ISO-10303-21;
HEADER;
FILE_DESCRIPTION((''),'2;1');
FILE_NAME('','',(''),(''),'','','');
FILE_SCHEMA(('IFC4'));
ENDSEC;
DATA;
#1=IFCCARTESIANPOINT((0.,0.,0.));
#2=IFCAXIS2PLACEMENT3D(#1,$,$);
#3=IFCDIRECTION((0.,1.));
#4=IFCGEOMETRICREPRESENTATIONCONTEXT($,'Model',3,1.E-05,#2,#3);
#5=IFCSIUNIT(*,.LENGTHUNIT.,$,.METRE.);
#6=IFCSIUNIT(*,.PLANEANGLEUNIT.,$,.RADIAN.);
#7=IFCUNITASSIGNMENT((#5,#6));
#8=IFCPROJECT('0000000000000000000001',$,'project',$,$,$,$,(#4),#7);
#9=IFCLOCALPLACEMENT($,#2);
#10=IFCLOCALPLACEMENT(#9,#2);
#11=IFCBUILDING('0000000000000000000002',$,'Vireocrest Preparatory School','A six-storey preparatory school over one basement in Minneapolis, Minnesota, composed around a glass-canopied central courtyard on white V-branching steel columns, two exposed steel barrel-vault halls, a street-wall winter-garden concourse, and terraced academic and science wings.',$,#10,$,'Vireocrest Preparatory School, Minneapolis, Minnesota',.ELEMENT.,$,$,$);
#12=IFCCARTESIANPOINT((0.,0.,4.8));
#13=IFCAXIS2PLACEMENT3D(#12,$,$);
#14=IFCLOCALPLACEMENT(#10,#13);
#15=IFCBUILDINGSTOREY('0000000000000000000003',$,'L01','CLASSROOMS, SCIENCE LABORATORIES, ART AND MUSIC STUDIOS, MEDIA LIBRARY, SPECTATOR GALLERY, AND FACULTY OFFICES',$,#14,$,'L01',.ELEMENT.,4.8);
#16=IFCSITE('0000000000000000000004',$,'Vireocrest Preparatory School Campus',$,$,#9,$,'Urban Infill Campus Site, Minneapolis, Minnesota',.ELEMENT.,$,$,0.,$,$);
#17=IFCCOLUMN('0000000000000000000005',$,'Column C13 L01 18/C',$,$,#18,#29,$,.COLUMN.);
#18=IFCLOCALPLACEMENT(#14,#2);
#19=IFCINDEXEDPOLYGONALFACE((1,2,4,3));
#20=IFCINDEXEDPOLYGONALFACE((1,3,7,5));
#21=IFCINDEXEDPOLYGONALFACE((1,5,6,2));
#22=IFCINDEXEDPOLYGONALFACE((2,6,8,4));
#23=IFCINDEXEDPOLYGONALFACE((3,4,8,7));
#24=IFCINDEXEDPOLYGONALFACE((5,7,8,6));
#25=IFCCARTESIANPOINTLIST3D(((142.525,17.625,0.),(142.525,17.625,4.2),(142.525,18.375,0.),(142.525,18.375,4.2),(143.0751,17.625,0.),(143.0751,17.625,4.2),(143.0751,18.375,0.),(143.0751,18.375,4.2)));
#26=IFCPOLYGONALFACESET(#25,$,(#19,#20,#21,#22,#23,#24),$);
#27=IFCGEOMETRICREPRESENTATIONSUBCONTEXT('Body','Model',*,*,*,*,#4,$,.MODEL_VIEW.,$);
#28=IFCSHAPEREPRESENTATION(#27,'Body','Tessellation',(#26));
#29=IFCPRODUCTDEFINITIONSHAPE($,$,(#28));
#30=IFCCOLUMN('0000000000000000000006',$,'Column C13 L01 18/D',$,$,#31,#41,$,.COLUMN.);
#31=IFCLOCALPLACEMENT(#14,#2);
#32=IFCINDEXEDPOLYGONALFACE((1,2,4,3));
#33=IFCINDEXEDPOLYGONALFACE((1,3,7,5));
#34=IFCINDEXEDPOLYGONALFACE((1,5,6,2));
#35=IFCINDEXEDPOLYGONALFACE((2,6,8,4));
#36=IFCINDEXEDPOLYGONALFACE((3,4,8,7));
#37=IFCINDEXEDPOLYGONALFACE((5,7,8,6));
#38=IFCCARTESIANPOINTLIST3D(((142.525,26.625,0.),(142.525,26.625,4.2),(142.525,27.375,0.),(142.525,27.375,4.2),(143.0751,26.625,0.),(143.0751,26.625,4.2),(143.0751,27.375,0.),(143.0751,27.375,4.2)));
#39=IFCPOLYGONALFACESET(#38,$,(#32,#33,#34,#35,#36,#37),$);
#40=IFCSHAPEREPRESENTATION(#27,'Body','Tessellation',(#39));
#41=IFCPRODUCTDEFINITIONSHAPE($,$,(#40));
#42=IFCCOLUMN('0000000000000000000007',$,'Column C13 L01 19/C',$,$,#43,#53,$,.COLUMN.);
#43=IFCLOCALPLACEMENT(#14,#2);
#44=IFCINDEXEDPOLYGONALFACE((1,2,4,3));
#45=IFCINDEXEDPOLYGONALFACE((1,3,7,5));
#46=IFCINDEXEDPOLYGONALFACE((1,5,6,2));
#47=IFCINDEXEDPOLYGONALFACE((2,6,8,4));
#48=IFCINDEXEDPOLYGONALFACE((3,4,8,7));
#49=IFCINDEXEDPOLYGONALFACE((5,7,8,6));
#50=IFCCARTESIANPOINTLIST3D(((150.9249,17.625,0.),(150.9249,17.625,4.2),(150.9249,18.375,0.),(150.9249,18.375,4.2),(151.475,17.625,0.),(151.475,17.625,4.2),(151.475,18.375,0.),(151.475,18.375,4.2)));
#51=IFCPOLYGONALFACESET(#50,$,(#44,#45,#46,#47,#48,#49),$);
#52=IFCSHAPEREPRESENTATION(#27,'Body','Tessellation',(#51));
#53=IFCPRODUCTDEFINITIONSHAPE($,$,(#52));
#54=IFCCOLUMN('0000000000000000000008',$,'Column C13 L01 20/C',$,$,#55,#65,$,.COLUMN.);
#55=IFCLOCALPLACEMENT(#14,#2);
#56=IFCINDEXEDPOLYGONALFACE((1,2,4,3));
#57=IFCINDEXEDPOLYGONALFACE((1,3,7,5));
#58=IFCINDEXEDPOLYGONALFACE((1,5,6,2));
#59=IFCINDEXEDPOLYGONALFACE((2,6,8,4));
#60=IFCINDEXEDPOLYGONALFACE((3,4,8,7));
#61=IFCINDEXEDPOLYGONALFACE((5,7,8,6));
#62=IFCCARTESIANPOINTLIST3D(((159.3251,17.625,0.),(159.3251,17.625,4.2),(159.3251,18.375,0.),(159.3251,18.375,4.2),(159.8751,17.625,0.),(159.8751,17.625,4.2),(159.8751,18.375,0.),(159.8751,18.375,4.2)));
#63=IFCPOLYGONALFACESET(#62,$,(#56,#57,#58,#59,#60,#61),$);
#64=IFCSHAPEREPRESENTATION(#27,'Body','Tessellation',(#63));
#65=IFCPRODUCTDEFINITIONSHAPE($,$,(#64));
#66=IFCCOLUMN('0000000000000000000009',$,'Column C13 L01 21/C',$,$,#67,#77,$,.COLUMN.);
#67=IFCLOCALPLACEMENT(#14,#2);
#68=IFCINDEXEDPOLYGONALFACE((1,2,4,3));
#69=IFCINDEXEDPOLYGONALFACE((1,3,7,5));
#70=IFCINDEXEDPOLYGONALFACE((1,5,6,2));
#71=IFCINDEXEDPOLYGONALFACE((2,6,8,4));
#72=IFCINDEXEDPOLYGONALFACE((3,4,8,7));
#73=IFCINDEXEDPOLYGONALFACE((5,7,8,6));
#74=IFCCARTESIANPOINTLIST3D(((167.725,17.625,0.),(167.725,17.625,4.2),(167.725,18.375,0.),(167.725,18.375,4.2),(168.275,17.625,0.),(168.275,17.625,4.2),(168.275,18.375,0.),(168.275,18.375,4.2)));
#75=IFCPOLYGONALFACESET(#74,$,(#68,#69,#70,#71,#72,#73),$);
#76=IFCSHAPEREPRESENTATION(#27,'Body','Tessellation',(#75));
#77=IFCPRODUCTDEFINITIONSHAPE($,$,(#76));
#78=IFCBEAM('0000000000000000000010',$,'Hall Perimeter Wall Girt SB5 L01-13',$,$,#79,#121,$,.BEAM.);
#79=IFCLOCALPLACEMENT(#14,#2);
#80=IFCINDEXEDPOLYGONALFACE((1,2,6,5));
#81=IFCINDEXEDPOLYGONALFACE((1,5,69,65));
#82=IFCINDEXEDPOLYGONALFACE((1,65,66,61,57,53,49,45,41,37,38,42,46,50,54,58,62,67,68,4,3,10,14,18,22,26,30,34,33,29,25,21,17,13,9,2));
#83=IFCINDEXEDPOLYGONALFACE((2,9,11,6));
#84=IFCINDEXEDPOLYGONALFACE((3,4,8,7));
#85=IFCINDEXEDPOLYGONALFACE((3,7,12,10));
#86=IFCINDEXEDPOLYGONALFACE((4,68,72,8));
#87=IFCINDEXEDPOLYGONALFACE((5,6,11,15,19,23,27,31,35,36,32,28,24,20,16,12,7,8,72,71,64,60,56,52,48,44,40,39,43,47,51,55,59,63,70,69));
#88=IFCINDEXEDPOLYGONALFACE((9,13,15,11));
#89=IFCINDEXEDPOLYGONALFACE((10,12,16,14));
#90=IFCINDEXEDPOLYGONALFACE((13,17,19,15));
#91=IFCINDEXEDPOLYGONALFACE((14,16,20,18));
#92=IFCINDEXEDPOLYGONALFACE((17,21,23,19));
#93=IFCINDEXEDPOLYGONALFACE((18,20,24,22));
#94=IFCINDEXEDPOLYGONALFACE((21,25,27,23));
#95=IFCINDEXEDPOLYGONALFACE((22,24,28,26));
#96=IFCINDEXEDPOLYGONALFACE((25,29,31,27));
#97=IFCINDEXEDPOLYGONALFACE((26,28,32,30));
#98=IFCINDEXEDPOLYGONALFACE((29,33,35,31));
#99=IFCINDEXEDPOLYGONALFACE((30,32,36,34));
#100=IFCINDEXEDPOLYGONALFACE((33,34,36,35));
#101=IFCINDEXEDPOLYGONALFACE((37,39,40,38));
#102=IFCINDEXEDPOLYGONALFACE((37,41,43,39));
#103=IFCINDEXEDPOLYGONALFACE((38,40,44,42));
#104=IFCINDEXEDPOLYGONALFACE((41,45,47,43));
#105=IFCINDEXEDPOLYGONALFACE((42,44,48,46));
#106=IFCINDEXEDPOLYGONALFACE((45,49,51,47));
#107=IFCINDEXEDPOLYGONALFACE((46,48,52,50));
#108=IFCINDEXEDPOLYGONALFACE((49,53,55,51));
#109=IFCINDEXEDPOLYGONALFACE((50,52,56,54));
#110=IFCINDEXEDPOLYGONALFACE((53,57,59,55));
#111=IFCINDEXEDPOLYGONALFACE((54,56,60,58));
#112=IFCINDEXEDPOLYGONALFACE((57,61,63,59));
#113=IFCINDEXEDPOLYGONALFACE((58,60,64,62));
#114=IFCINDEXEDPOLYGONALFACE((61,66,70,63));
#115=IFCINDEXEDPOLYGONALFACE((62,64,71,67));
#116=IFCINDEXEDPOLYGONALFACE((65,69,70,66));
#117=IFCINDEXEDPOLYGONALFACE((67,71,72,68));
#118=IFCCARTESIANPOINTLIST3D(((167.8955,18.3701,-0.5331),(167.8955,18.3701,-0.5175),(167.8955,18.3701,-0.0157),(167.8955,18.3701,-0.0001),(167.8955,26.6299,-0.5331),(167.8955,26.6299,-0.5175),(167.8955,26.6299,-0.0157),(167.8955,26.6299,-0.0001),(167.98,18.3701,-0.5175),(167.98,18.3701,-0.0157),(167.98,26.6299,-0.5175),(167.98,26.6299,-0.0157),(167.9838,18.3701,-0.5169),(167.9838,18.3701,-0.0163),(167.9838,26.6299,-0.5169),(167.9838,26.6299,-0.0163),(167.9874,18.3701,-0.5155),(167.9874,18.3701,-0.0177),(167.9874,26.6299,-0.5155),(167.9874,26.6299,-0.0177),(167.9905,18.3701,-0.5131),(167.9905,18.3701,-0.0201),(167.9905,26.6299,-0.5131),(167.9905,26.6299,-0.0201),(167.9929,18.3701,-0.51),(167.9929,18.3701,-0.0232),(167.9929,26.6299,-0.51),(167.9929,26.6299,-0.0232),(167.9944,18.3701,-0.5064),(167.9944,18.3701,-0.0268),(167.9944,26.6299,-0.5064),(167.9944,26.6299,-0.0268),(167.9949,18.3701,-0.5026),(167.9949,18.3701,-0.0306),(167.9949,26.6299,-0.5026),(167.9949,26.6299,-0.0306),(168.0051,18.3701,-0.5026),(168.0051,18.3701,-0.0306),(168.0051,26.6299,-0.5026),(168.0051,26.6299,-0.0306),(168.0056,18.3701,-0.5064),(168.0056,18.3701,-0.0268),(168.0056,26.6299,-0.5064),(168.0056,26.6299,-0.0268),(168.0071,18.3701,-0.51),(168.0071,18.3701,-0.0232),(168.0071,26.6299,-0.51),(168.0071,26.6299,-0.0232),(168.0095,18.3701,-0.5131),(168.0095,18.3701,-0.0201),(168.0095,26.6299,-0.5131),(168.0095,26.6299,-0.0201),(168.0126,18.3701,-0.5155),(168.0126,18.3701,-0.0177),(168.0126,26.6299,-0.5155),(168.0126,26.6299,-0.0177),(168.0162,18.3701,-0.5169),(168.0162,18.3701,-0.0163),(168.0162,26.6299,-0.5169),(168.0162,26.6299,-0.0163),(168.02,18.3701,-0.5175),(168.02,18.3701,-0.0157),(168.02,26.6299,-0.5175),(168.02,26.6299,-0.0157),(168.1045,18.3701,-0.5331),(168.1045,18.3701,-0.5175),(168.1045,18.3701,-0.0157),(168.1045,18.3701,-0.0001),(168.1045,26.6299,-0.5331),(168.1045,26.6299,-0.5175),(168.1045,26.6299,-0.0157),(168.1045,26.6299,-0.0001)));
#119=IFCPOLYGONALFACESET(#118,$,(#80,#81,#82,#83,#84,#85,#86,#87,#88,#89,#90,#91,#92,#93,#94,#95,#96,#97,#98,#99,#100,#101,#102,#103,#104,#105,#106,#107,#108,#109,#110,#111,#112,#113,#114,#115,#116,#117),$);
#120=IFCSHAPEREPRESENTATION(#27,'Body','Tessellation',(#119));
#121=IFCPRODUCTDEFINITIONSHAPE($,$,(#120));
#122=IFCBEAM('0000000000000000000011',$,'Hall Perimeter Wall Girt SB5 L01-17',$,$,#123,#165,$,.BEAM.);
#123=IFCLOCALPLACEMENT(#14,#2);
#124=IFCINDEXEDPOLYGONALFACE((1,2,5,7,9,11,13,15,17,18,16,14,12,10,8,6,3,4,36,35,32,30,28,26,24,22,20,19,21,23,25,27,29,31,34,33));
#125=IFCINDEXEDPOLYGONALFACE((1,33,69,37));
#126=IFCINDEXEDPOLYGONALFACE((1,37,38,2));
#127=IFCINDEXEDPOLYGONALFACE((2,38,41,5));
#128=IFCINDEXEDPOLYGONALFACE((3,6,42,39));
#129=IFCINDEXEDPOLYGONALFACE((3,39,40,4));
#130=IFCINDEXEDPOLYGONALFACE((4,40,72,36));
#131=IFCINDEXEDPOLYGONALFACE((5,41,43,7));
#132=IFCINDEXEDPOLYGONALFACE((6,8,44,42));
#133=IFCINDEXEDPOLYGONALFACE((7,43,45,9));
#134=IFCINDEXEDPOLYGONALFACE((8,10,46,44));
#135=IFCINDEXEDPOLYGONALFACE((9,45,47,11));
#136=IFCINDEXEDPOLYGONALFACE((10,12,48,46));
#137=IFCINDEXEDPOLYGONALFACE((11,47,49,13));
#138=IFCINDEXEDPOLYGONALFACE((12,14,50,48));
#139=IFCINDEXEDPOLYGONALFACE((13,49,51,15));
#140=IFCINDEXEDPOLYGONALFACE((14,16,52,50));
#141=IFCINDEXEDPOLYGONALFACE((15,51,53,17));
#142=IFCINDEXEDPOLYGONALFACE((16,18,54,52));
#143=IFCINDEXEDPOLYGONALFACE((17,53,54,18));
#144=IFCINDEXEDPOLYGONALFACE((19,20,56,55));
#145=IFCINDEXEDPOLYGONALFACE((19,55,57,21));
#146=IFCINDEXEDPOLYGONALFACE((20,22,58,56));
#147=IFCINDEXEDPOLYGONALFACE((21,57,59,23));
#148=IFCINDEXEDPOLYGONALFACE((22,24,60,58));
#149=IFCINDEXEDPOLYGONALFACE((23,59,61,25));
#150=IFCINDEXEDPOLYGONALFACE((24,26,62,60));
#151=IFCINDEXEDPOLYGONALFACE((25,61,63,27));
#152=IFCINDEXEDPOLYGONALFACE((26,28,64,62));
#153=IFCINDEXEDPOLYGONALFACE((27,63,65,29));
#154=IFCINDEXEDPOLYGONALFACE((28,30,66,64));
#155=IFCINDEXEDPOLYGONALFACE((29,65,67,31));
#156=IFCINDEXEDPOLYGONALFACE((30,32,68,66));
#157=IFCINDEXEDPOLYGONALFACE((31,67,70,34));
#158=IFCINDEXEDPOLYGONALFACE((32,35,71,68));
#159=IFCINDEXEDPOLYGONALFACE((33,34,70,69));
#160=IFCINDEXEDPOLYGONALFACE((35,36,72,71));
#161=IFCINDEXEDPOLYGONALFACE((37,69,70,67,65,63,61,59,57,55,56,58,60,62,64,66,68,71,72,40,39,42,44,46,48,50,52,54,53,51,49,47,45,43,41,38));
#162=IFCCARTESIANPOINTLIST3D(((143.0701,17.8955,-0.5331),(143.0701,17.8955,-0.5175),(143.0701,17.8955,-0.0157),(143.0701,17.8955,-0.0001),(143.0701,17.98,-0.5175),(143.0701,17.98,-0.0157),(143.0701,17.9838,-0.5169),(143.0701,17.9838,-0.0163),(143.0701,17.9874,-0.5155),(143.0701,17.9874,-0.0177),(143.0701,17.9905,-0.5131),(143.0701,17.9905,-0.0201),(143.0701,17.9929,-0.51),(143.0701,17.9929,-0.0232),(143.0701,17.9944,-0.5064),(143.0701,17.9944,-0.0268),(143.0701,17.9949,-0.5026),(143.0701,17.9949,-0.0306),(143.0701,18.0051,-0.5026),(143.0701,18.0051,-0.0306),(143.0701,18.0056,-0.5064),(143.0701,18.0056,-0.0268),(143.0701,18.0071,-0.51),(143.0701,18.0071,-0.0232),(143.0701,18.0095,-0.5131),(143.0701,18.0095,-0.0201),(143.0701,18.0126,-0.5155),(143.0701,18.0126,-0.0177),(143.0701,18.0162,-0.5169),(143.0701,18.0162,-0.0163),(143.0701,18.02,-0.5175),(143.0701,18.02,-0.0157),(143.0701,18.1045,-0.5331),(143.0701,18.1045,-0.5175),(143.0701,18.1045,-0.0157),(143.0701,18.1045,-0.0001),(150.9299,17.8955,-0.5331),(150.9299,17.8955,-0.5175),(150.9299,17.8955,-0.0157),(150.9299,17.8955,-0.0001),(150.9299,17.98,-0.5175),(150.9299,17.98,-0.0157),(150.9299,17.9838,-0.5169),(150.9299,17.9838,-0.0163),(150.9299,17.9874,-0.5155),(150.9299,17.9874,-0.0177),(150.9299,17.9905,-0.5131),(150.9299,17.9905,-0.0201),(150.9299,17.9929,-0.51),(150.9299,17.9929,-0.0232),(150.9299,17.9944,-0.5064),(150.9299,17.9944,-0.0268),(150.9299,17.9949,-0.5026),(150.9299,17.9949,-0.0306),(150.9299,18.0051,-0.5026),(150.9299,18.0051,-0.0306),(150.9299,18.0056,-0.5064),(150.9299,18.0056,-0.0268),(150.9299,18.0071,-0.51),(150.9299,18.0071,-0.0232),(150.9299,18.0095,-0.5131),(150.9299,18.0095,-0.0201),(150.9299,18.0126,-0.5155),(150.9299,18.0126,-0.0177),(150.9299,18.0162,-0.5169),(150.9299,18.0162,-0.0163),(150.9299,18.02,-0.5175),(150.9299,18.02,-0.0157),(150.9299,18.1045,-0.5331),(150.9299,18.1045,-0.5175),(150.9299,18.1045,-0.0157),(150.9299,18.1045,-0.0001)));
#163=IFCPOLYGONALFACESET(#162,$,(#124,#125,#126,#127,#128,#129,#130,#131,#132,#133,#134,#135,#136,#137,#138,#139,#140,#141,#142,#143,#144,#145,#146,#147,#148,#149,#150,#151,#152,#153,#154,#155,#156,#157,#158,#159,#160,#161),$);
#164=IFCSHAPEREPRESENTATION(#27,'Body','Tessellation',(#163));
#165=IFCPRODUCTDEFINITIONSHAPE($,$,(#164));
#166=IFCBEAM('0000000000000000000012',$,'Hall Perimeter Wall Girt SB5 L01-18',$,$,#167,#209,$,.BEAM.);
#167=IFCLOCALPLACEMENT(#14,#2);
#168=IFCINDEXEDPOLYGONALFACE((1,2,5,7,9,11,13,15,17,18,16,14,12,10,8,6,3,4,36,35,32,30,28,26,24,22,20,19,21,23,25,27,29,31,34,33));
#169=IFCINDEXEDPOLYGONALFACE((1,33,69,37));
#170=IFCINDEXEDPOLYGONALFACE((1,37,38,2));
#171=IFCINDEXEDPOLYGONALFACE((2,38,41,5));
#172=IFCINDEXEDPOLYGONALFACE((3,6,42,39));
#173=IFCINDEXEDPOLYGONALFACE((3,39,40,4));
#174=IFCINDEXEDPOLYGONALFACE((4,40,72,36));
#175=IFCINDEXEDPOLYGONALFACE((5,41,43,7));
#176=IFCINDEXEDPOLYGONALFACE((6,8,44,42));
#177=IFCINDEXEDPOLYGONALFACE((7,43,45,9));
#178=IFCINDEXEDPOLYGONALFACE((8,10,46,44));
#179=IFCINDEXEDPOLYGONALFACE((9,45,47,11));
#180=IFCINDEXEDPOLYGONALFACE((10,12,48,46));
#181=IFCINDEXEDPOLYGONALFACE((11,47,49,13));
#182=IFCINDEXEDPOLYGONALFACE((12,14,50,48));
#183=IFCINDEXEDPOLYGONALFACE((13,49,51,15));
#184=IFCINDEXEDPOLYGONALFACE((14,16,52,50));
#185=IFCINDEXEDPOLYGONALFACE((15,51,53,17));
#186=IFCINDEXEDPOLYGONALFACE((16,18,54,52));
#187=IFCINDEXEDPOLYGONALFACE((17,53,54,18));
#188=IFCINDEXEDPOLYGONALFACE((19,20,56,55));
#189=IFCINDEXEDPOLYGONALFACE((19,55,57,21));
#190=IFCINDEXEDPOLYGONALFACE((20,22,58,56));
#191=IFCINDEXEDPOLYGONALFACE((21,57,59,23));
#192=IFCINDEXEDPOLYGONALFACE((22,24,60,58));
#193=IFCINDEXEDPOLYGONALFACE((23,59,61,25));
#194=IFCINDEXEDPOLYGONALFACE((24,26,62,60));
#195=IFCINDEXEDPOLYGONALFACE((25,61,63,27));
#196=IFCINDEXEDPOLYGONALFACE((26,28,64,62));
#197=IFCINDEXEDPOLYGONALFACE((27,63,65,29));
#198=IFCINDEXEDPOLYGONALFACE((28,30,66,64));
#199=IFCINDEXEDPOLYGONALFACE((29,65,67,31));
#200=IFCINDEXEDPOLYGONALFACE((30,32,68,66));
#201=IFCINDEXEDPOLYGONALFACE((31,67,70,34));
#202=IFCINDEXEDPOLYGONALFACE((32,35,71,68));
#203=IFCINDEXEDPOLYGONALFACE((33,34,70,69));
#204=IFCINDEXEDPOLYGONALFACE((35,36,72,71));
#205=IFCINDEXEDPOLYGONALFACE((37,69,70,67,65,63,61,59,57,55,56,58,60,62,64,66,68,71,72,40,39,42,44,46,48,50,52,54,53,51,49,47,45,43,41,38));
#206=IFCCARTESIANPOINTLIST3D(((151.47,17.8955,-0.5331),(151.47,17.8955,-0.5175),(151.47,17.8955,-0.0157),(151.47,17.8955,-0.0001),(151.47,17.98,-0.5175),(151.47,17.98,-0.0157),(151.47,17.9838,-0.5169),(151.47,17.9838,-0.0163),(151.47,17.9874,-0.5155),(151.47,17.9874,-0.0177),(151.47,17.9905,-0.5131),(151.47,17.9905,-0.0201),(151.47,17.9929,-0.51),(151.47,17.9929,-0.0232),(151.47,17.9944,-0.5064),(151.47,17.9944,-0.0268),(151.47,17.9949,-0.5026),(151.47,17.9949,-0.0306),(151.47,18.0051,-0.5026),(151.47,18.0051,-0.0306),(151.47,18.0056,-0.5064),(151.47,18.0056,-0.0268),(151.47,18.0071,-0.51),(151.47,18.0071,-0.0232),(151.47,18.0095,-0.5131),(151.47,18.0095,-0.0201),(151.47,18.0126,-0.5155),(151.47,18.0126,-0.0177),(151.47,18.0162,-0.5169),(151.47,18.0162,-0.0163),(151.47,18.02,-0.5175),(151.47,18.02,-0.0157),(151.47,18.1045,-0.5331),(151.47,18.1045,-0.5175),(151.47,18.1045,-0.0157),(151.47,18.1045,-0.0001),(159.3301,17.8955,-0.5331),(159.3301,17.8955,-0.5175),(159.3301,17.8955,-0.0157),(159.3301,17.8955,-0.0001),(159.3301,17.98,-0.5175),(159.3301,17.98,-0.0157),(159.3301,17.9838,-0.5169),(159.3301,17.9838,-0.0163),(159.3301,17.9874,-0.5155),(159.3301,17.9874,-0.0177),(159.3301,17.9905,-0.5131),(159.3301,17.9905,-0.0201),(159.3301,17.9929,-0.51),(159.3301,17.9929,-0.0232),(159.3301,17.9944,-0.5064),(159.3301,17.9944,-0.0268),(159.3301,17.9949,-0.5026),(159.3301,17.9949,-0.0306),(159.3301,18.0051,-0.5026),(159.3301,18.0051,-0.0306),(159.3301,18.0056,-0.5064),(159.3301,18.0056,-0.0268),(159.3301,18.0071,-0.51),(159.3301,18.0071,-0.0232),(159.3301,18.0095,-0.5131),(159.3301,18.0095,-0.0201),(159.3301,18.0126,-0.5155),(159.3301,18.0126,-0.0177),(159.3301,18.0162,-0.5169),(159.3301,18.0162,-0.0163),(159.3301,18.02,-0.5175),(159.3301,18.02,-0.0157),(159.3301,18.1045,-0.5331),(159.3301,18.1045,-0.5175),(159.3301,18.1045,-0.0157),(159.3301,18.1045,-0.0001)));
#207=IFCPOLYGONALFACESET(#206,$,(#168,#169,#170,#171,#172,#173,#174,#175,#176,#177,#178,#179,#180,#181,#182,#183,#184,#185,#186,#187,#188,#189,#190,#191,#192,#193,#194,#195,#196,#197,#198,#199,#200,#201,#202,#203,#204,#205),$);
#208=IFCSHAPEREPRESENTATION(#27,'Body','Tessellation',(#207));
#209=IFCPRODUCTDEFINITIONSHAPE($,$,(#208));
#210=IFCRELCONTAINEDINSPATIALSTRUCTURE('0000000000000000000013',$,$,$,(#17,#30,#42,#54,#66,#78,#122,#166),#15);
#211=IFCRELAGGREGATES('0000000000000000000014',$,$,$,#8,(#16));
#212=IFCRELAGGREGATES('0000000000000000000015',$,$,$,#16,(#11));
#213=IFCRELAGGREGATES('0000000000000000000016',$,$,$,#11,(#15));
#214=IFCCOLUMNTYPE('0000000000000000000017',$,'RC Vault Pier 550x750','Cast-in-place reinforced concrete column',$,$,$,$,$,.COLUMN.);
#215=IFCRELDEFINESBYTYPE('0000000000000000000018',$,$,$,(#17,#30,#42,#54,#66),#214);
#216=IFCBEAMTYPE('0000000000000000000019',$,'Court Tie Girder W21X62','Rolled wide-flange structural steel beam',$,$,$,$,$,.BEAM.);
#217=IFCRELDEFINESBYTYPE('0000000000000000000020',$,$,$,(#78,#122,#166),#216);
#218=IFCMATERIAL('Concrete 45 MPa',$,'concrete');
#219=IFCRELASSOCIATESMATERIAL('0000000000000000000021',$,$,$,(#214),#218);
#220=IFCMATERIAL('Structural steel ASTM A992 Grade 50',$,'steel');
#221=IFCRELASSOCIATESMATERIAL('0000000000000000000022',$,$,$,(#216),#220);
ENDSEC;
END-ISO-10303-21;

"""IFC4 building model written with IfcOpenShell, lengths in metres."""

from ifc_helpers import new_model, si_unit, direction, frame, origin, origin_2d, place, context, subcontext, project, spatial, rectangle, i_section, extrude, material, material_profile, profile_set, type_object, element, save


model = new_model("IFC4")

# Units and contexts
model_context = context("Model", 3, precision=1e-05, world=origin(), true_north=direction((0.0, 1.0)))
body_context = subcontext(model_context, "Body", "Model", "MODEL_VIEW")
ifc_project = project(units=[si_unit("LENGTHUNIT", "METRE"), si_unit("PLANEANGLEUNIT", "RADIAN")], contexts=[model_context])

# Site, building, storey
site_placement = place(None, origin())
site = spatial("IfcSite", under=ifc_project, at=site_placement, Name="Vireocrest Preparatory School Campus", LongName="Urban Infill Campus Site, Minneapolis, Minnesota", CompositionType="ELEMENT", RefElevation=0.0)
building_placement = place(site_placement, origin())
building = spatial("IfcBuilding", under=site, at=building_placement, Name="Vireocrest Preparatory School", Description="A six-storey preparatory school over one basement in Minneapolis, Minnesota, composed around a glass-canopied central courtyard on white V-branching steel columns, two exposed steel barrel-vault halls, a street-wall winter-garden concourse, and terraced academic and science wings.", LongName="Vireocrest Preparatory School, Minneapolis, Minnesota", CompositionType="ELEMENT")
storey_placement = place(building_placement, frame((0.0, 0.0, 4.8)))
storey = spatial("IfcBuildingStorey", under=building, at=storey_placement, Name="L01", Description="CLASSROOMS, SCIENCE LABORATORIES, ART AND MUSIC STUDIOS, MEDIA LIBRARY, SPECTATOR GALLERY, AND FACULTY OFFICES", LongName="L01", CompositionType="ELEMENT", Elevation=4.8)

# Columns
ifc_material_1 = material(Name="Concrete 45 MPa", Category="concrete")
ifc_material_profile_1 = material_profile(ifc_material_1, rectangle(XDim=0.55, YDim=0.75, at=origin_2d()), Name="RC 550x750")
ifc_profile_set_1 = profile_set([ifc_material_profile_1], Name="Concrete 45 MPa")
column_type = type_object("IfcColumnType", Name="RC Vault Pier 550x750", Description="Cast-in-place reinforced concrete column", PredefinedType="COLUMN", material=ifc_profile_set_1)
for number, where, z_axis, x_axis, name in (
    (1, (142.8, 18.0, 0.0), (0.0, 0.0, 1.0), (1.0, 0.0, 0.0), "Column C13 L01 18/C"),
    (2, (142.8, 27.0, 0.0), (0.0, 0.0, 1.0), (1.0, 0.0, 0.0), "Column C13 L01 18/D"),
    (3, (151.2, 18.0, 0.0), (0.0, 0.0, 1.0), (1.0, 0.0, 0.0), "Column C13 L01 19/C"),
    (4, (159.6001, 18.0, 0.0), (0.0, 0.0, 1.0), (1.0, 0.0, 0.0), "Column C13 L01 20/C"),
    (5, (168.0, 18.0, 0.0), (0.0, 0.0, 1.0), (1.0, 0.0, 0.0), "Column C13 L01 21/C"),
):
    element("IfcColumn", number, at=place(storey_placement, frame(where, z_axis=z_axis, x_axis=x_axis)), inside=storey, type_object=column_type, Name=name, PredefinedType="COLUMN", context=body_context, shape_type="SweptSolid", body=[
        extrude(rectangle(XDim=0.55, YDim=0.75, at=origin_2d()), origin(), (0.0, 0.0, 1.0), 4.2),
    ])

# Beams
ifc_material_2 = material(Name="Structural steel ASTM A992 Grade 50", Category="steel")
ifc_material_profile_2 = material_profile(ifc_material_2, i_section(OverallWidth=0.209, OverallDepth=0.533, WebThickness=0.0103, FlangeThickness=0.0156, FilletRadius=0.0149, at=origin_2d()), Name="W21X62")
ifc_profile_set_2 = profile_set([ifc_material_profile_2], Name="Structural steel ASTM A992 Grade 50")
beam_type_1 = type_object("IfcBeamType", Name="Court Tie Girder W21X62", Description="Rolled wide-flange structural steel beam", PredefinedType="BEAM", material=ifc_profile_set_2)
beam_1_placement = place(storey_placement, frame((168.0, 18.3701, -0.2666), z_axis=(0.0, 1.0, 0.0), x_axis=(-1.0, 0.0, 0.0)))
element("IfcBeam", 6, at=beam_1_placement, inside=storey, type_object=beam_type_1, Name="Hall Perimeter Wall Girt SB5 L01-13", PredefinedType="BEAM", context=body_context, shape_type="SweptSolid", body=[
    extrude(i_section(OverallWidth=0.209, OverallDepth=0.533, WebThickness=0.0103, FlangeThickness=0.0156, FilletRadius=0.0149, at=origin_2d()), origin(), (0.0, 0.0, 1.0), 8.2598),
])
beam_2_placement = place(storey_placement, frame((143.0701, 18.0, -0.2666), z_axis=(1.0, 0.0, 0.0), x_axis=(0.0, 1.0, 0.0)))
element("IfcBeam", 7, at=beam_2_placement, inside=storey, type_object=beam_type_1, Name="Hall Perimeter Wall Girt SB5 L01-17", PredefinedType="BEAM", context=body_context, shape_type="SweptSolid", body=[
    extrude(i_section(OverallWidth=0.209, OverallDepth=0.533, WebThickness=0.0103, FlangeThickness=0.0156, FilletRadius=0.0149, at=origin_2d()), origin(), (0.0, 0.0, 1.0), 7.8599),
])
beam_3_placement = place(storey_placement, frame((151.47, 18.0, -0.2666), z_axis=(1.0, 0.0, 0.0), x_axis=(0.0, 1.0, 0.0)))
element("IfcBeam", 8, at=beam_3_placement, inside=storey, type_object=beam_type_1, Name="Hall Perimeter Wall Girt SB5 L01-18", PredefinedType="BEAM", context=body_context, shape_type="SweptSolid", body=[
    extrude(i_section(OverallWidth=0.209, OverallDepth=0.533, WebThickness=0.0103, FlangeThickness=0.0156, FilletRadius=0.0149, at=origin_2d()), origin(), (0.0, 0.0, 1.0), 7.8601),
])

save(model, "model.ifc")
